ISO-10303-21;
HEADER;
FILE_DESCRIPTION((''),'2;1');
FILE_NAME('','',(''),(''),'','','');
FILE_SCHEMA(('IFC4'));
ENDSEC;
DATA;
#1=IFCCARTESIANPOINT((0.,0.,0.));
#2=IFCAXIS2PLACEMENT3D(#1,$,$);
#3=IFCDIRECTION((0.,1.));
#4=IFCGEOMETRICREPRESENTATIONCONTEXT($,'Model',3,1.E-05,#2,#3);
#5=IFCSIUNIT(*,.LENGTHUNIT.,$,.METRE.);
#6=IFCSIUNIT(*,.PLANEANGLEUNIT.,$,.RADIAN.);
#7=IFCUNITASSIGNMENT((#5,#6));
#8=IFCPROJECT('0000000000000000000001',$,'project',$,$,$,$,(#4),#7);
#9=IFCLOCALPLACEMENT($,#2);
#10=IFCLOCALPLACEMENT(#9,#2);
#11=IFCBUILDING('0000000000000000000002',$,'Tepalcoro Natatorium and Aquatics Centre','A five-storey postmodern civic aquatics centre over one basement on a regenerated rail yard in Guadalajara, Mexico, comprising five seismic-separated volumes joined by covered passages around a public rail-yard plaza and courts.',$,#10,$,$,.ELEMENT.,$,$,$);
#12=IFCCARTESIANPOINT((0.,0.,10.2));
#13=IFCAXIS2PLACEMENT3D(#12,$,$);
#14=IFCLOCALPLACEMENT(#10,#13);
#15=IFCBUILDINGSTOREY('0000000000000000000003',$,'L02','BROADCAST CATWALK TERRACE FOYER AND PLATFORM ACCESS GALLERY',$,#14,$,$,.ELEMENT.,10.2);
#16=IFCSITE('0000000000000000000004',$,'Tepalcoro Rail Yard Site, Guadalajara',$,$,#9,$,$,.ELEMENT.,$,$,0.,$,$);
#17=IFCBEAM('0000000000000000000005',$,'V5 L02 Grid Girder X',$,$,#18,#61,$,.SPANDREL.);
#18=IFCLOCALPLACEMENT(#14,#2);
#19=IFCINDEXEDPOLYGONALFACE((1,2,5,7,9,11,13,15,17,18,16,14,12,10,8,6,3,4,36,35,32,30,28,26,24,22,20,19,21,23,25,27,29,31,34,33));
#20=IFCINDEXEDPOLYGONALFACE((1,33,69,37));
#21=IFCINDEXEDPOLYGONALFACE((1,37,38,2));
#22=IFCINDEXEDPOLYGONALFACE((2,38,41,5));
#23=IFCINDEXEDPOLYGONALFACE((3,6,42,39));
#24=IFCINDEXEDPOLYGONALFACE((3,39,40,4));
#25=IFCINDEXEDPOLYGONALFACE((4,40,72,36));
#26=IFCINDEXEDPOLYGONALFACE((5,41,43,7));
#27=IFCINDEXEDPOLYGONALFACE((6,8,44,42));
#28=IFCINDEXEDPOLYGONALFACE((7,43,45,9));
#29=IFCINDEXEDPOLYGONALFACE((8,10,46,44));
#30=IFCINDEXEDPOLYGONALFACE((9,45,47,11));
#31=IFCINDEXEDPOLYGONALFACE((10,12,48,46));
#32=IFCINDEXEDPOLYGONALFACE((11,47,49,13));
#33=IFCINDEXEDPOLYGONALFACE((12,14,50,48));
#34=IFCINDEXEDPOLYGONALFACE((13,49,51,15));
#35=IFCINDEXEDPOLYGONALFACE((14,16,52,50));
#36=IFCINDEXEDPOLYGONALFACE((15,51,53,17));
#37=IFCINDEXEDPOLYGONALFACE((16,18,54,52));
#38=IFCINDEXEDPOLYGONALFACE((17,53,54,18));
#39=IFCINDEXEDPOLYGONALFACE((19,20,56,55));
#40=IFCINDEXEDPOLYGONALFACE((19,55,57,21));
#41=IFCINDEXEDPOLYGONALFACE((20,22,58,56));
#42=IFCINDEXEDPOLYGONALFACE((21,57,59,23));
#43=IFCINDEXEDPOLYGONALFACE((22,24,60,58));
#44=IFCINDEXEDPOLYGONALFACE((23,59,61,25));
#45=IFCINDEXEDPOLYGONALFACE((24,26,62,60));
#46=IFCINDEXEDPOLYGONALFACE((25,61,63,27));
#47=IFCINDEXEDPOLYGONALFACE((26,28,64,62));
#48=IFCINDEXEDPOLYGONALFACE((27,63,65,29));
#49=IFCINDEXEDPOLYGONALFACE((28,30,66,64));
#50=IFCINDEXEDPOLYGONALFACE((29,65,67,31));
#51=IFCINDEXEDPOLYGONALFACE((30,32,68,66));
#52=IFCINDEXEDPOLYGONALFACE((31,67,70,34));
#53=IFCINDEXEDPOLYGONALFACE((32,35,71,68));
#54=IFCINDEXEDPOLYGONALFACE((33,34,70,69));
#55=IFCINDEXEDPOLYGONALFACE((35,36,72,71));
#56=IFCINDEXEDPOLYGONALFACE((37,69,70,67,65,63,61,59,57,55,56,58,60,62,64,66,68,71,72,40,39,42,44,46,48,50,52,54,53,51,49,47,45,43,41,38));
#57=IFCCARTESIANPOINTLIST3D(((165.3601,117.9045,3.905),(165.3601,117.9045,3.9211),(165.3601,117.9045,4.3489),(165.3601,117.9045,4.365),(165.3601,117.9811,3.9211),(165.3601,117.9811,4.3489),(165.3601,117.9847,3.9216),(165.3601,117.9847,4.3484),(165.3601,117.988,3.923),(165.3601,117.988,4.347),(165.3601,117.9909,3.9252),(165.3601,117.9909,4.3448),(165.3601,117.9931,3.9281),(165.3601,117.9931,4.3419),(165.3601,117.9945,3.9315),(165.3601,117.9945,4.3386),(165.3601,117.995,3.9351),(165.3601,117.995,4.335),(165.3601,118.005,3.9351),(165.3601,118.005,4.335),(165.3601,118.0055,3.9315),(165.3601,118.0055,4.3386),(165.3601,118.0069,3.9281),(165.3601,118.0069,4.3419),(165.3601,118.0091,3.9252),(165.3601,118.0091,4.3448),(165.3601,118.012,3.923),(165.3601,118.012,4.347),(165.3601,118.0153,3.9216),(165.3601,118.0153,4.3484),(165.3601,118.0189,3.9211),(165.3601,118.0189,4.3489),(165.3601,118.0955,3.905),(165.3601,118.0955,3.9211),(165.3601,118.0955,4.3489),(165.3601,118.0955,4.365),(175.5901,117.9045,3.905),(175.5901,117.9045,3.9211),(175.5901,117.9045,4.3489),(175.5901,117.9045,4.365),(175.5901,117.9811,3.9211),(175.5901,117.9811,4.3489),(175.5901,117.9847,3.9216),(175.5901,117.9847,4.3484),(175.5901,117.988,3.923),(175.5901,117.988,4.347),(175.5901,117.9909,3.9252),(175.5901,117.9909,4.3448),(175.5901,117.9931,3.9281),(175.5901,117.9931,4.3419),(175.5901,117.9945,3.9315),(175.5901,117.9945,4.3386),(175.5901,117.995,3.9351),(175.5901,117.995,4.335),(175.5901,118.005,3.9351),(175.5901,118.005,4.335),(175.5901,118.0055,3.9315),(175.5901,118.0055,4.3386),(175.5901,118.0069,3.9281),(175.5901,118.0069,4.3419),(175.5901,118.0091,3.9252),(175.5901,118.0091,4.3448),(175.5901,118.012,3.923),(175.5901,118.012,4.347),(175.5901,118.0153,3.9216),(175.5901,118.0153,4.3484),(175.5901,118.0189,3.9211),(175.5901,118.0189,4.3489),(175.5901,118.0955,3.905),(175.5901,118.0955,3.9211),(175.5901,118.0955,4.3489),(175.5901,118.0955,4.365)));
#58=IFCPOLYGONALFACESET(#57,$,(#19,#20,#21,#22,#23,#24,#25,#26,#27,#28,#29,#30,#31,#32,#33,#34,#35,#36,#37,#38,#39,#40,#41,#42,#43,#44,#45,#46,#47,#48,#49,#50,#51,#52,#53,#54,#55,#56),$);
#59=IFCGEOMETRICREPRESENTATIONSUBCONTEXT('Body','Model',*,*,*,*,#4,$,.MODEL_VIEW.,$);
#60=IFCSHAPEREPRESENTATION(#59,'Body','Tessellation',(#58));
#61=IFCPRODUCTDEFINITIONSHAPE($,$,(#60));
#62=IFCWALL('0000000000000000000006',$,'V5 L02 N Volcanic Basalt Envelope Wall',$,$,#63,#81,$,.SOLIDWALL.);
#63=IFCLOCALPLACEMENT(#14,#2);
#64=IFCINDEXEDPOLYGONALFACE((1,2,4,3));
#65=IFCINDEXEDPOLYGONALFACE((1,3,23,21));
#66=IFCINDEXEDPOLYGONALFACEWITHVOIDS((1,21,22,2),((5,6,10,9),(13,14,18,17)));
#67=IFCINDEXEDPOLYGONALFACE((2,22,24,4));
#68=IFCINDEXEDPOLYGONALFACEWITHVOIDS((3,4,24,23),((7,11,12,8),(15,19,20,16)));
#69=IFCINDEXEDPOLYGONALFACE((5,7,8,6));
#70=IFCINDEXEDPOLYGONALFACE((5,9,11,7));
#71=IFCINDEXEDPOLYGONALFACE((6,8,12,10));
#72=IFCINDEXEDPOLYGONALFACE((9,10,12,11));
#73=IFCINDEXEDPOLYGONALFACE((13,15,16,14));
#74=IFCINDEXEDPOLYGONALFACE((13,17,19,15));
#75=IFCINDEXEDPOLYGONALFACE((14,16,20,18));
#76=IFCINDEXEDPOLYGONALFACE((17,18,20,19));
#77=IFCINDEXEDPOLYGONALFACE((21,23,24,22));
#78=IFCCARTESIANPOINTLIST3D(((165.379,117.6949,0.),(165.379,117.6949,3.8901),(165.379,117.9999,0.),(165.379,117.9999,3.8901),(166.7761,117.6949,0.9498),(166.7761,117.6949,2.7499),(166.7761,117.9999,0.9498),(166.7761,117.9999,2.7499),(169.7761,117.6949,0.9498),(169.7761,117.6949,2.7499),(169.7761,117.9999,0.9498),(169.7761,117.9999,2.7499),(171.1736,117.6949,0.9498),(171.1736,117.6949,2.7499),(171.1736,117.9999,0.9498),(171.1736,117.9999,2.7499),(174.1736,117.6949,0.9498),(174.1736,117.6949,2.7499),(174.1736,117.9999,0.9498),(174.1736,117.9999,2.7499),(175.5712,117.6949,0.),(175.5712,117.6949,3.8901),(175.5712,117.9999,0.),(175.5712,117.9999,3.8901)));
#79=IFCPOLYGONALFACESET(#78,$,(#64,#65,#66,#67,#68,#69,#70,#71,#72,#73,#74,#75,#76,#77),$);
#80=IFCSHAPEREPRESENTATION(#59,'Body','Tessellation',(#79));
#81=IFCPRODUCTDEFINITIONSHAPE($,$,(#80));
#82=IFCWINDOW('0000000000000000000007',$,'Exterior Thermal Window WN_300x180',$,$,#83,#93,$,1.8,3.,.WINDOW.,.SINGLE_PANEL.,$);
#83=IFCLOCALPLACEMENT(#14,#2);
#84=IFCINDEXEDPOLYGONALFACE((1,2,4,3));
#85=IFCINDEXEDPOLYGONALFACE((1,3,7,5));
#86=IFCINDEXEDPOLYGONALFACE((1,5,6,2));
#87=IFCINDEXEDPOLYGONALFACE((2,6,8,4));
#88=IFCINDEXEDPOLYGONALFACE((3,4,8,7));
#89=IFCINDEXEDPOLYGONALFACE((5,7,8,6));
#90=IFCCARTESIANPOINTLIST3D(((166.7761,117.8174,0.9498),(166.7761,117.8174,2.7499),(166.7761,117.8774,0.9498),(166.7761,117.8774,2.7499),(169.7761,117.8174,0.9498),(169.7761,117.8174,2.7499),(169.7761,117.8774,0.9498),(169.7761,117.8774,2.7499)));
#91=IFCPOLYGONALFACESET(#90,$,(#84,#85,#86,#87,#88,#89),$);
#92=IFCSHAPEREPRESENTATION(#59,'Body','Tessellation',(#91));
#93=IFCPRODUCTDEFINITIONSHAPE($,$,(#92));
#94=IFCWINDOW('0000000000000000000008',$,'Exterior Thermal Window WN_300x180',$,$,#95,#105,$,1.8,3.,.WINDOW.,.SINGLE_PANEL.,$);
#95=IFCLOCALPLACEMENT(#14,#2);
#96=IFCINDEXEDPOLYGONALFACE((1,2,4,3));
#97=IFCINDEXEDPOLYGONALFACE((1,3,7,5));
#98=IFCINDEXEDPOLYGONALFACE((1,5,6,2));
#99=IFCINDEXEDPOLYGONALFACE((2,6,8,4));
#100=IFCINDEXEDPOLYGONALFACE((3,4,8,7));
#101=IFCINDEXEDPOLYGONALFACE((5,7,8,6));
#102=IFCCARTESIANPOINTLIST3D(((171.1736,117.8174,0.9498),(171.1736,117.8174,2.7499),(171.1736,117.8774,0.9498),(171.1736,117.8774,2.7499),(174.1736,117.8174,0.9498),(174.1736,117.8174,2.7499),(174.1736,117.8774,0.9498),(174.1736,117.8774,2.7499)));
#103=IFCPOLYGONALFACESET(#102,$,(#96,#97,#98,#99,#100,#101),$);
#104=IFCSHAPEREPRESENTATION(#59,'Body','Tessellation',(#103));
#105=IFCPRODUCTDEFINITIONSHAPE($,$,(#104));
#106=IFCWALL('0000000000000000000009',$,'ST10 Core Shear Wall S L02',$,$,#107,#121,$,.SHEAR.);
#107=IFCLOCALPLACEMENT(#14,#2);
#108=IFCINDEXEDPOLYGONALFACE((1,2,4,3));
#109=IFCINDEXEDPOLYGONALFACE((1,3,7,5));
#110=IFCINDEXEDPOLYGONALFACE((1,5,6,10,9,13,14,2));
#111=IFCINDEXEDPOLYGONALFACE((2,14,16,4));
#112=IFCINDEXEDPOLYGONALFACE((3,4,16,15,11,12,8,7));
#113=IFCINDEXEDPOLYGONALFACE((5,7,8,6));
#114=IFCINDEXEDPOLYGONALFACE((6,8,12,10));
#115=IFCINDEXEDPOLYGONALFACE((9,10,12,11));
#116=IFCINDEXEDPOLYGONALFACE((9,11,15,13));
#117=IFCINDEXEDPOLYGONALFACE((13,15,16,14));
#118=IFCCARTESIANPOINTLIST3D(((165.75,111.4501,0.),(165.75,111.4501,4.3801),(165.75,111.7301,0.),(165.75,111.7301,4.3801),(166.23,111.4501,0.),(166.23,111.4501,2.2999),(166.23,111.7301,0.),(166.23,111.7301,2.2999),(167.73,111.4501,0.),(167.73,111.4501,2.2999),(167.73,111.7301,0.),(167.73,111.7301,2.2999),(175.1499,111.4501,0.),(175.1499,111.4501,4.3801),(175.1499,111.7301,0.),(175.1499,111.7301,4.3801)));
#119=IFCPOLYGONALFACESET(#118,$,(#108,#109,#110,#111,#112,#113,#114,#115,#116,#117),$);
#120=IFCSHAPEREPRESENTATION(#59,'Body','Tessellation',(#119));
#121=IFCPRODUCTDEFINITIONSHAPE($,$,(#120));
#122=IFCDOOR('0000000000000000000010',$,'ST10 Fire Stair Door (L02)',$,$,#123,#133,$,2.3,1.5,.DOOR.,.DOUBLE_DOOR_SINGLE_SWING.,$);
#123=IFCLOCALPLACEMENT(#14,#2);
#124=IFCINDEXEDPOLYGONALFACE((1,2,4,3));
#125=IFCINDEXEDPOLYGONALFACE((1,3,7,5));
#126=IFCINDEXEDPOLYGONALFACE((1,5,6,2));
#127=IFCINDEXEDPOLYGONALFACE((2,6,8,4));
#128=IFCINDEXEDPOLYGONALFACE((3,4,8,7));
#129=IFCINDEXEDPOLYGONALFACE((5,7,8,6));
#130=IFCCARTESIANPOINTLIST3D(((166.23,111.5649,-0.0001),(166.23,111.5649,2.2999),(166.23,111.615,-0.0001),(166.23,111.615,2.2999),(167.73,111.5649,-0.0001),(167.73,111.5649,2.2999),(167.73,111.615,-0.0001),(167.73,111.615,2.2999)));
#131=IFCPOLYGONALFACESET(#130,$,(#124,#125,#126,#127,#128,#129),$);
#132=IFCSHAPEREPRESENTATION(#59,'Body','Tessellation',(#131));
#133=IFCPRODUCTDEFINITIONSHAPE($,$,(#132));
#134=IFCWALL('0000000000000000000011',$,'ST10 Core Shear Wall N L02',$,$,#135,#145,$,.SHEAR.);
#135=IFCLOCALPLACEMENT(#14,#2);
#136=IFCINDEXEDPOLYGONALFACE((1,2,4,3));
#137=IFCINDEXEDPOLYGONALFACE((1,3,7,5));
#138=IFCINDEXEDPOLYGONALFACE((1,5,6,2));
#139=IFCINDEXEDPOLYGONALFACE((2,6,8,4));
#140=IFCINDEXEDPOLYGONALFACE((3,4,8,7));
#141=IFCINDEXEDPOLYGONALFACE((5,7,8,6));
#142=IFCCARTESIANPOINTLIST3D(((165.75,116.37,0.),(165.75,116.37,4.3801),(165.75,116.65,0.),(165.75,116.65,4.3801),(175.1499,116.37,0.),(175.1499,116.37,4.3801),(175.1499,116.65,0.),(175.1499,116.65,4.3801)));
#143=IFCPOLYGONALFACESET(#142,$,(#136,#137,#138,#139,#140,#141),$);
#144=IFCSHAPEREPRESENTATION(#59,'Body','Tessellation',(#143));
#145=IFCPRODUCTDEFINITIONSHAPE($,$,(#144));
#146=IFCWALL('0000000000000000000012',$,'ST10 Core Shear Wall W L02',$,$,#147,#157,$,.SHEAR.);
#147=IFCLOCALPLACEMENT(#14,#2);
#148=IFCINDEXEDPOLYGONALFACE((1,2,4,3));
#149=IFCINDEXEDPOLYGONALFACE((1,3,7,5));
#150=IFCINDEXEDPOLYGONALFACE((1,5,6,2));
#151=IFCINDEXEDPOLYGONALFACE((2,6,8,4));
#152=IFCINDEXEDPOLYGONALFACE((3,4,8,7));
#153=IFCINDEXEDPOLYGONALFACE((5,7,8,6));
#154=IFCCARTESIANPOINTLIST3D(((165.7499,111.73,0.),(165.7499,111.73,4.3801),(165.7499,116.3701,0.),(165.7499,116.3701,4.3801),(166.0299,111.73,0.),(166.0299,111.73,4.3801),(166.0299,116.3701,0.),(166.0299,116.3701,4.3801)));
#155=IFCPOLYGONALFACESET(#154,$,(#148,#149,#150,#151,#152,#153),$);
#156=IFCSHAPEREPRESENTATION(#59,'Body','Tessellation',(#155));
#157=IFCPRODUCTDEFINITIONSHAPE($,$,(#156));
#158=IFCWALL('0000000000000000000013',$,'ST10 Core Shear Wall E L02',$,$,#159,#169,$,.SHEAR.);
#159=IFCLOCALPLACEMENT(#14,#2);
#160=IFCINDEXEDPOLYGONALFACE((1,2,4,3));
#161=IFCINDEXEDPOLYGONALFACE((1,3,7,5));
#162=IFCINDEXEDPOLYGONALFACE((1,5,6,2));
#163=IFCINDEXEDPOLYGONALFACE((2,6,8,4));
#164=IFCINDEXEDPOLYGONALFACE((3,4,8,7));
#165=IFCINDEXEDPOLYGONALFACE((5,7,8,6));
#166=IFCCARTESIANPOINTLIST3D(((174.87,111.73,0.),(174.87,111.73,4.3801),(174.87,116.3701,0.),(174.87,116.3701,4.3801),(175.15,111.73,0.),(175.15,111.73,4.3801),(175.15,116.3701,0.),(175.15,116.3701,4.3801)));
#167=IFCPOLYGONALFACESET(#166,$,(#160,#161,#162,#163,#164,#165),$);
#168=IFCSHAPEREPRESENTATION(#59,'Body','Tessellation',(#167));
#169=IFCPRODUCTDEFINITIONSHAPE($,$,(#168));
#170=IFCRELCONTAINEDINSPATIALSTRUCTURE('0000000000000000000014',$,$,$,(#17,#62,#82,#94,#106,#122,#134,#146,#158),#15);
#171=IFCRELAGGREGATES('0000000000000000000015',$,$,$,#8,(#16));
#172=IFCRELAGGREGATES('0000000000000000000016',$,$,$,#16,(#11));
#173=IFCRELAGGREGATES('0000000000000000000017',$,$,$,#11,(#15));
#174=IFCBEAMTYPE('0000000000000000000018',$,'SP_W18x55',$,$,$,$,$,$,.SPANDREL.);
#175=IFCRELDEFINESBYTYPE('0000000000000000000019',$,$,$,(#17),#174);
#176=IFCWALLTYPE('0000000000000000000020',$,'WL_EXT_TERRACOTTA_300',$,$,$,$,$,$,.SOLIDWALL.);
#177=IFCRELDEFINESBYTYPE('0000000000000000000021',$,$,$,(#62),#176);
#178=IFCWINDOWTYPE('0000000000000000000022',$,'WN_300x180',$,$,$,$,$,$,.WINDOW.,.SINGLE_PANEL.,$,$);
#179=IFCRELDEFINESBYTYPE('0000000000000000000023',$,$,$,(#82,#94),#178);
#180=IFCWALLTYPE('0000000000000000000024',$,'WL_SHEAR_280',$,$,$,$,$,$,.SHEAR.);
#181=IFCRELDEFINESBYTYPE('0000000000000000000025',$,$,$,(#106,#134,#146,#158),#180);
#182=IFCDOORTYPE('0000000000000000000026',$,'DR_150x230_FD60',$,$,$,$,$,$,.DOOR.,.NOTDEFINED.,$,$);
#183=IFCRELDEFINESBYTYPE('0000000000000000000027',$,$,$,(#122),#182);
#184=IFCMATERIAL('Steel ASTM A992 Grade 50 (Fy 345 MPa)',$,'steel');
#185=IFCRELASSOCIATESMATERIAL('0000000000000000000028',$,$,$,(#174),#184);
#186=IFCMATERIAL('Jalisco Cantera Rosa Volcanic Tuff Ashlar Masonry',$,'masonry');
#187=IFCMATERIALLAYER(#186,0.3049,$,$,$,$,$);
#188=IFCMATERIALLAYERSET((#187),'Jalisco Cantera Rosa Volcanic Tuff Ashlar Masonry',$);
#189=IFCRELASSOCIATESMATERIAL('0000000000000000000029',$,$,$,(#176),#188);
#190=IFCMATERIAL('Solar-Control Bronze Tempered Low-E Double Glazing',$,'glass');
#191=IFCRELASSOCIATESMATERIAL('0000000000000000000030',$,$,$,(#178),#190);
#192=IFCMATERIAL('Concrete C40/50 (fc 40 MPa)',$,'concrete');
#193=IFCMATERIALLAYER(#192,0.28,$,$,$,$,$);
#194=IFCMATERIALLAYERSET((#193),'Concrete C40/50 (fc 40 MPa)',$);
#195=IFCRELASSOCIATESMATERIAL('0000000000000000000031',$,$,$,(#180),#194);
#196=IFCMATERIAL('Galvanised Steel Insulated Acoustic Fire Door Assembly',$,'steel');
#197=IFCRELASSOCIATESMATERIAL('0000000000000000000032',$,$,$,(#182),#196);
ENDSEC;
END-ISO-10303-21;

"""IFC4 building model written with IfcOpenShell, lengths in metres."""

from ifc_helpers import new_model, si_unit, direction, frame, frame_2d, origin, origin_2d, place, context, subcontext, project, spatial, rectangle, i_section, extrude, material, layer, layer_set, material_profile, profile_set, type_object, element, fill, save


model = new_model("IFC4")

# Units and contexts
model_context = context("Model", 3, precision=1e-05, world=origin(), true_north=direction((0.0, 1.0)))
body_context = subcontext(model_context, "Body", "Model", "MODEL_VIEW")
ifc_project = project(units=[si_unit("LENGTHUNIT", "METRE"), si_unit("PLANEANGLEUNIT", "RADIAN")], contexts=[model_context])

# Site, building, storey
site_placement = place(None, origin())
site = spatial("IfcSite", under=ifc_project, at=site_placement, Name="Tepalcoro Rail Yard Site, Guadalajara", CompositionType="ELEMENT", RefElevation=0.0)
building_placement = place(site_placement, origin())
building = spatial("IfcBuilding", under=site, at=building_placement, Name="Tepalcoro Natatorium and Aquatics Centre", Description="A five-storey postmodern civic aquatics centre over one basement on a regenerated rail yard in Guadalajara, Mexico, comprising five seismic-separated volumes joined by covered passages around a public rail-yard plaza and courts.", CompositionType="ELEMENT")
storey_placement = place(building_placement, frame((0.0, 0.0, 10.2)))
storey = spatial("IfcBuildingStorey", under=building, at=storey_placement, Name="L02", Description="BROADCAST CATWALK TERRACE FOYER AND PLATFORM ACCESS GALLERY", CompositionType="ELEMENT", Elevation=10.2)

# Shared definitions
ifc_material_1 = material(Name="Concrete C40/50 (fc 40 MPa)", Category="concrete")

# Shared definitions
ifc_material_2 = material(Name="Steel ASTM A992 Grade 50 (Fy 345 MPa)", Category="steel")

# Beam
ifc_material_profile_1 = material_profile(ifc_material_2, i_section(OverallWidth=0.1909, OverallDepth=0.46, WebThickness=0.01, FlangeThickness=0.0161, FilletRadius=0.0139, at=origin_2d()), Name="W18X55")
ifc_profile_set_1 = profile_set([ifc_material_profile_1], Name="Steel ASTM A992 Grade 50 (Fy 345 MPa)")
beam_type_1 = type_object("IfcBeamType", Name="SP_W18x55", PredefinedType="SPANDREL", material=ifc_profile_set_1)
beam_1_placement = place(storey_placement, frame((165.3601, 118.0, 4.135), z_axis=(1.0, 0.0, 0.0), x_axis=(0.0, 1.0, 0.0)))
element("IfcBeam", 1, at=beam_1_placement, inside=storey, type_object=beam_type_1, Name="V5 L02 Grid Girder X", PredefinedType="SPANDREL", context=body_context, shape_type="SweptSolid", body=[
    extrude(i_section(OverallWidth=0.1909, OverallDepth=0.46, WebThickness=0.01, FlangeThickness=0.0161, FilletRadius=0.0139, at=origin_2d()), origin(), (0.0, 0.0, 1.0), 10.23),
])

# Wall, openings, windows
ifc_material_3 = material(Name="Jalisco Cantera Rosa Volcanic Tuff Ashlar Masonry", Category="masonry")
ifc_layer_1 = layer(ifc_material_3, 0.3049)
ifc_layer_set_1 = layer_set([ifc_layer_1], Name="Jalisco Cantera Rosa Volcanic Tuff Ashlar Masonry")
wall_type_1 = type_object("IfcWallType", Name="WL_EXT_TERRACOTTA_300", PredefinedType="SOLIDWALL", material=ifc_layer_set_1)
wall_1_placement = place(storey_placement, frame((165.3789, 117.8474, 0.0), z_axis=(0.0, 0.0, 1.0), x_axis=(1.0, 0.0, 0.0)))
wall_1 = element("IfcWall", 2, at=wall_1_placement, inside=storey, type_object=wall_type_1, Name="V5 L02 N Volcanic Basalt Envelope Wall", PredefinedType="SOLIDWALL", context=body_context, shape_type="SweptSolid", body=[
    extrude(rectangle(XDim=10.1921, YDim=0.3049, at=frame_2d((5.0962, 0.0))), origin(), (0.0, 0.0, 1.0), 3.8901),
])
opening_1_placement = place(wall_1_placement, frame((1.3972, 0.0, 0.95)))
opening_1 = element("IfcOpeningElement", 3, at=opening_1_placement, cuts=wall_1, PredefinedType="OPENING", context=body_context, shape_type="SweptSolid", body=[
    extrude(rectangle(XDim=3.0, YDim=1.8, at=frame_2d((1.5, 0.8999))), frame((0.0, 0.1646, 0.0), z_axis=(0.0, -1.0, 0.0), x_axis=(1.0, 0.0, 0.0)), (0.0, 0.0, 1.0), 0.3289),
])
opening_2_placement = place(wall_1_placement, frame((5.7947, 0.0, 0.95)))
opening_2 = element("IfcOpeningElement", 4, at=opening_2_placement, cuts=wall_1, PredefinedType="OPENING", context=body_context, shape_type="SweptSolid", body=[
    extrude(rectangle(XDim=3.0, YDim=1.8, at=frame_2d((1.5, 0.8999))), frame((0.0, 0.1646, 0.0), z_axis=(0.0, -1.0, 0.0), x_axis=(1.0, 0.0, 0.0)), (0.0, 0.0, 1.0), 0.3289),
])
ifc_material_4 = material(Name="Solar-Control Bronze Tempered Low-E Double Glazing", Category="glass")
window_type = type_object("IfcWindowType", Name="WN_300x180", PartitioningType="SINGLE_PANEL", PredefinedType="WINDOW", material=ifc_material_4)
window_1_placement = place(opening_1_placement, origin())
window_1 = element("IfcWindow", 5, at=window_1_placement, inside=storey, type_object=window_type, Name="Exterior Thermal Window WN_300x180", OverallHeight=1.8, OverallWidth=3.0, PartitioningType="SINGLE_PANEL", PredefinedType="WINDOW", context=body_context, shape_type="SweptSolid", body=[
    extrude(rectangle(XDim=3.0, YDim=1.8, at=frame_2d((1.5, 0.8999))), frame((0.0, 0.03, 0.0), z_axis=(0.0, -1.0, 0.0), x_axis=(1.0, 0.0, 0.0)), (0.0, 0.0, 1.0), 0.0601),
])
fill(opening_1, window_1)
window_2_placement = place(opening_2_placement, origin())
window_2 = element("IfcWindow", 6, at=window_2_placement, inside=storey, type_object=window_type, Name="Exterior Thermal Window WN_300x180", OverallHeight=1.8, OverallWidth=3.0, PartitioningType="SINGLE_PANEL", PredefinedType="WINDOW", context=body_context, shape_type="SweptSolid", body=[
    extrude(rectangle(XDim=3.0, YDim=1.8, at=frame_2d((1.5, 0.8999))), frame((0.0, 0.03, 0.0), z_axis=(0.0, -1.0, 0.0), x_axis=(1.0, 0.0, 0.0)), (0.0, 0.0, 1.0), 0.0601),
])
fill(opening_2, window_2)

# Wall, opening, door
ifc_layer_2 = layer(ifc_material_1, 0.28)
ifc_layer_set_2 = layer_set([ifc_layer_2], Name="Concrete C40/50 (fc 40 MPa)")
wall_type_2 = type_object("IfcWallType", Name="WL_SHEAR_280", PredefinedType="SHEAR", material=ifc_layer_set_2)
wall_2_placement = place(storey_placement, frame((165.75, 111.5901, 0.0), z_axis=(0.0, 0.0, 1.0), x_axis=(1.0, 0.0, 0.0)))
wall_2 = element("IfcWall", 7, at=wall_2_placement, inside=storey, type_object=wall_type_2, Name="ST10 Core Shear Wall S L02", PredefinedType="SHEAR", context=body_context, shape_type="SweptSolid", body=[
    extrude(rectangle(XDim=9.3999, YDim=0.28, at=frame_2d((4.7, 0.0))), origin(), (0.0, 0.0, 1.0), 4.3801),
])
opening_3_placement = place(wall_2_placement, frame((0.48, 0.0, 0.0)))
opening_3 = element("IfcOpeningElement", 8, at=opening_3_placement, cuts=wall_2, PredefinedType="OPENING", context=body_context, shape_type="SweptSolid", body=[
    extrude(rectangle(XDim=1.5, YDim=2.3, at=frame_2d((0.75, 1.1499))), frame((0.0, 0.1519, 0.0), z_axis=(0.0, -1.0, 0.0), x_axis=(1.0, 0.0, 0.0)), (0.0, 0.0, 1.0), 0.304),
])
ifc_material_5 = material(Name="Galvanised Steel Insulated Acoustic Fire Door Assembly", Category="steel")
door_type = type_object("IfcDoorType", Name="DR_150x230_FD60", OperationType="NOTDEFINED", PredefinedType="DOOR", material=ifc_material_5)
door_placement = place(opening_3_placement, origin())
door = element("IfcDoor", 9, at=door_placement, inside=storey, type_object=door_type, Name="ST10 Fire Stair Door (L02)", OperationType="DOUBLE_DOOR_SINGLE_SWING", OverallHeight=2.3, OverallWidth=1.5, PredefinedType="DOOR", context=body_context, shape_type="SweptSolid", body=[
    extrude(rectangle(XDim=1.5, YDim=2.3, at=frame_2d((0.75, 1.1499))), frame((0.0, 0.0249, 0.0), z_axis=(0.0, -1.0, 0.0), x_axis=(1.0, 0.0, 0.0)), (0.0, 0.0, 1.0), 0.05),
])
fill(opening_3, door)

# Walls
wall_3_placement = place(storey_placement, frame((165.75, 116.51, 0.0), z_axis=(0.0, 0.0, 1.0), x_axis=(1.0, 0.0, 0.0)))
element("IfcWall", 10, at=wall_3_placement, inside=storey, type_object=wall_type_2, Name="ST10 Core Shear Wall N L02", PredefinedType="SHEAR", context=body_context, shape_type="SweptSolid", body=[
    extrude(rectangle(XDim=9.3999, YDim=0.28, at=frame_2d((4.7, 0.0))), origin(), (0.0, 0.0, 1.0), 4.3801),
])
for number, where, z_axis, x_axis, name in (
    (11, (165.8899, 111.73, 0.0), (0.0, 0.0, 1.0), (0.0, 1.0, 0.0), "ST10 Core Shear Wall W L02"),
    (12, (175.01, 111.73, 0.0), (0.0, 0.0, 1.0), (0.0, 1.0, 0.0), "ST10 Core Shear Wall E L02"),
):
    element("IfcWall", number, at=place(storey_placement, frame(where, z_axis=z_axis, x_axis=x_axis)), inside=storey, type_object=wall_type_2, Name=name, PredefinedType="SHEAR", context=body_context, shape_type="SweptSolid", body=[
        extrude(rectangle(XDim=4.6401, YDim=0.28, at=frame_2d((2.3201, 0.0))), origin(), (0.0, 0.0, 1.0), 4.3801),
    ])

save(model, "model.ifc")
